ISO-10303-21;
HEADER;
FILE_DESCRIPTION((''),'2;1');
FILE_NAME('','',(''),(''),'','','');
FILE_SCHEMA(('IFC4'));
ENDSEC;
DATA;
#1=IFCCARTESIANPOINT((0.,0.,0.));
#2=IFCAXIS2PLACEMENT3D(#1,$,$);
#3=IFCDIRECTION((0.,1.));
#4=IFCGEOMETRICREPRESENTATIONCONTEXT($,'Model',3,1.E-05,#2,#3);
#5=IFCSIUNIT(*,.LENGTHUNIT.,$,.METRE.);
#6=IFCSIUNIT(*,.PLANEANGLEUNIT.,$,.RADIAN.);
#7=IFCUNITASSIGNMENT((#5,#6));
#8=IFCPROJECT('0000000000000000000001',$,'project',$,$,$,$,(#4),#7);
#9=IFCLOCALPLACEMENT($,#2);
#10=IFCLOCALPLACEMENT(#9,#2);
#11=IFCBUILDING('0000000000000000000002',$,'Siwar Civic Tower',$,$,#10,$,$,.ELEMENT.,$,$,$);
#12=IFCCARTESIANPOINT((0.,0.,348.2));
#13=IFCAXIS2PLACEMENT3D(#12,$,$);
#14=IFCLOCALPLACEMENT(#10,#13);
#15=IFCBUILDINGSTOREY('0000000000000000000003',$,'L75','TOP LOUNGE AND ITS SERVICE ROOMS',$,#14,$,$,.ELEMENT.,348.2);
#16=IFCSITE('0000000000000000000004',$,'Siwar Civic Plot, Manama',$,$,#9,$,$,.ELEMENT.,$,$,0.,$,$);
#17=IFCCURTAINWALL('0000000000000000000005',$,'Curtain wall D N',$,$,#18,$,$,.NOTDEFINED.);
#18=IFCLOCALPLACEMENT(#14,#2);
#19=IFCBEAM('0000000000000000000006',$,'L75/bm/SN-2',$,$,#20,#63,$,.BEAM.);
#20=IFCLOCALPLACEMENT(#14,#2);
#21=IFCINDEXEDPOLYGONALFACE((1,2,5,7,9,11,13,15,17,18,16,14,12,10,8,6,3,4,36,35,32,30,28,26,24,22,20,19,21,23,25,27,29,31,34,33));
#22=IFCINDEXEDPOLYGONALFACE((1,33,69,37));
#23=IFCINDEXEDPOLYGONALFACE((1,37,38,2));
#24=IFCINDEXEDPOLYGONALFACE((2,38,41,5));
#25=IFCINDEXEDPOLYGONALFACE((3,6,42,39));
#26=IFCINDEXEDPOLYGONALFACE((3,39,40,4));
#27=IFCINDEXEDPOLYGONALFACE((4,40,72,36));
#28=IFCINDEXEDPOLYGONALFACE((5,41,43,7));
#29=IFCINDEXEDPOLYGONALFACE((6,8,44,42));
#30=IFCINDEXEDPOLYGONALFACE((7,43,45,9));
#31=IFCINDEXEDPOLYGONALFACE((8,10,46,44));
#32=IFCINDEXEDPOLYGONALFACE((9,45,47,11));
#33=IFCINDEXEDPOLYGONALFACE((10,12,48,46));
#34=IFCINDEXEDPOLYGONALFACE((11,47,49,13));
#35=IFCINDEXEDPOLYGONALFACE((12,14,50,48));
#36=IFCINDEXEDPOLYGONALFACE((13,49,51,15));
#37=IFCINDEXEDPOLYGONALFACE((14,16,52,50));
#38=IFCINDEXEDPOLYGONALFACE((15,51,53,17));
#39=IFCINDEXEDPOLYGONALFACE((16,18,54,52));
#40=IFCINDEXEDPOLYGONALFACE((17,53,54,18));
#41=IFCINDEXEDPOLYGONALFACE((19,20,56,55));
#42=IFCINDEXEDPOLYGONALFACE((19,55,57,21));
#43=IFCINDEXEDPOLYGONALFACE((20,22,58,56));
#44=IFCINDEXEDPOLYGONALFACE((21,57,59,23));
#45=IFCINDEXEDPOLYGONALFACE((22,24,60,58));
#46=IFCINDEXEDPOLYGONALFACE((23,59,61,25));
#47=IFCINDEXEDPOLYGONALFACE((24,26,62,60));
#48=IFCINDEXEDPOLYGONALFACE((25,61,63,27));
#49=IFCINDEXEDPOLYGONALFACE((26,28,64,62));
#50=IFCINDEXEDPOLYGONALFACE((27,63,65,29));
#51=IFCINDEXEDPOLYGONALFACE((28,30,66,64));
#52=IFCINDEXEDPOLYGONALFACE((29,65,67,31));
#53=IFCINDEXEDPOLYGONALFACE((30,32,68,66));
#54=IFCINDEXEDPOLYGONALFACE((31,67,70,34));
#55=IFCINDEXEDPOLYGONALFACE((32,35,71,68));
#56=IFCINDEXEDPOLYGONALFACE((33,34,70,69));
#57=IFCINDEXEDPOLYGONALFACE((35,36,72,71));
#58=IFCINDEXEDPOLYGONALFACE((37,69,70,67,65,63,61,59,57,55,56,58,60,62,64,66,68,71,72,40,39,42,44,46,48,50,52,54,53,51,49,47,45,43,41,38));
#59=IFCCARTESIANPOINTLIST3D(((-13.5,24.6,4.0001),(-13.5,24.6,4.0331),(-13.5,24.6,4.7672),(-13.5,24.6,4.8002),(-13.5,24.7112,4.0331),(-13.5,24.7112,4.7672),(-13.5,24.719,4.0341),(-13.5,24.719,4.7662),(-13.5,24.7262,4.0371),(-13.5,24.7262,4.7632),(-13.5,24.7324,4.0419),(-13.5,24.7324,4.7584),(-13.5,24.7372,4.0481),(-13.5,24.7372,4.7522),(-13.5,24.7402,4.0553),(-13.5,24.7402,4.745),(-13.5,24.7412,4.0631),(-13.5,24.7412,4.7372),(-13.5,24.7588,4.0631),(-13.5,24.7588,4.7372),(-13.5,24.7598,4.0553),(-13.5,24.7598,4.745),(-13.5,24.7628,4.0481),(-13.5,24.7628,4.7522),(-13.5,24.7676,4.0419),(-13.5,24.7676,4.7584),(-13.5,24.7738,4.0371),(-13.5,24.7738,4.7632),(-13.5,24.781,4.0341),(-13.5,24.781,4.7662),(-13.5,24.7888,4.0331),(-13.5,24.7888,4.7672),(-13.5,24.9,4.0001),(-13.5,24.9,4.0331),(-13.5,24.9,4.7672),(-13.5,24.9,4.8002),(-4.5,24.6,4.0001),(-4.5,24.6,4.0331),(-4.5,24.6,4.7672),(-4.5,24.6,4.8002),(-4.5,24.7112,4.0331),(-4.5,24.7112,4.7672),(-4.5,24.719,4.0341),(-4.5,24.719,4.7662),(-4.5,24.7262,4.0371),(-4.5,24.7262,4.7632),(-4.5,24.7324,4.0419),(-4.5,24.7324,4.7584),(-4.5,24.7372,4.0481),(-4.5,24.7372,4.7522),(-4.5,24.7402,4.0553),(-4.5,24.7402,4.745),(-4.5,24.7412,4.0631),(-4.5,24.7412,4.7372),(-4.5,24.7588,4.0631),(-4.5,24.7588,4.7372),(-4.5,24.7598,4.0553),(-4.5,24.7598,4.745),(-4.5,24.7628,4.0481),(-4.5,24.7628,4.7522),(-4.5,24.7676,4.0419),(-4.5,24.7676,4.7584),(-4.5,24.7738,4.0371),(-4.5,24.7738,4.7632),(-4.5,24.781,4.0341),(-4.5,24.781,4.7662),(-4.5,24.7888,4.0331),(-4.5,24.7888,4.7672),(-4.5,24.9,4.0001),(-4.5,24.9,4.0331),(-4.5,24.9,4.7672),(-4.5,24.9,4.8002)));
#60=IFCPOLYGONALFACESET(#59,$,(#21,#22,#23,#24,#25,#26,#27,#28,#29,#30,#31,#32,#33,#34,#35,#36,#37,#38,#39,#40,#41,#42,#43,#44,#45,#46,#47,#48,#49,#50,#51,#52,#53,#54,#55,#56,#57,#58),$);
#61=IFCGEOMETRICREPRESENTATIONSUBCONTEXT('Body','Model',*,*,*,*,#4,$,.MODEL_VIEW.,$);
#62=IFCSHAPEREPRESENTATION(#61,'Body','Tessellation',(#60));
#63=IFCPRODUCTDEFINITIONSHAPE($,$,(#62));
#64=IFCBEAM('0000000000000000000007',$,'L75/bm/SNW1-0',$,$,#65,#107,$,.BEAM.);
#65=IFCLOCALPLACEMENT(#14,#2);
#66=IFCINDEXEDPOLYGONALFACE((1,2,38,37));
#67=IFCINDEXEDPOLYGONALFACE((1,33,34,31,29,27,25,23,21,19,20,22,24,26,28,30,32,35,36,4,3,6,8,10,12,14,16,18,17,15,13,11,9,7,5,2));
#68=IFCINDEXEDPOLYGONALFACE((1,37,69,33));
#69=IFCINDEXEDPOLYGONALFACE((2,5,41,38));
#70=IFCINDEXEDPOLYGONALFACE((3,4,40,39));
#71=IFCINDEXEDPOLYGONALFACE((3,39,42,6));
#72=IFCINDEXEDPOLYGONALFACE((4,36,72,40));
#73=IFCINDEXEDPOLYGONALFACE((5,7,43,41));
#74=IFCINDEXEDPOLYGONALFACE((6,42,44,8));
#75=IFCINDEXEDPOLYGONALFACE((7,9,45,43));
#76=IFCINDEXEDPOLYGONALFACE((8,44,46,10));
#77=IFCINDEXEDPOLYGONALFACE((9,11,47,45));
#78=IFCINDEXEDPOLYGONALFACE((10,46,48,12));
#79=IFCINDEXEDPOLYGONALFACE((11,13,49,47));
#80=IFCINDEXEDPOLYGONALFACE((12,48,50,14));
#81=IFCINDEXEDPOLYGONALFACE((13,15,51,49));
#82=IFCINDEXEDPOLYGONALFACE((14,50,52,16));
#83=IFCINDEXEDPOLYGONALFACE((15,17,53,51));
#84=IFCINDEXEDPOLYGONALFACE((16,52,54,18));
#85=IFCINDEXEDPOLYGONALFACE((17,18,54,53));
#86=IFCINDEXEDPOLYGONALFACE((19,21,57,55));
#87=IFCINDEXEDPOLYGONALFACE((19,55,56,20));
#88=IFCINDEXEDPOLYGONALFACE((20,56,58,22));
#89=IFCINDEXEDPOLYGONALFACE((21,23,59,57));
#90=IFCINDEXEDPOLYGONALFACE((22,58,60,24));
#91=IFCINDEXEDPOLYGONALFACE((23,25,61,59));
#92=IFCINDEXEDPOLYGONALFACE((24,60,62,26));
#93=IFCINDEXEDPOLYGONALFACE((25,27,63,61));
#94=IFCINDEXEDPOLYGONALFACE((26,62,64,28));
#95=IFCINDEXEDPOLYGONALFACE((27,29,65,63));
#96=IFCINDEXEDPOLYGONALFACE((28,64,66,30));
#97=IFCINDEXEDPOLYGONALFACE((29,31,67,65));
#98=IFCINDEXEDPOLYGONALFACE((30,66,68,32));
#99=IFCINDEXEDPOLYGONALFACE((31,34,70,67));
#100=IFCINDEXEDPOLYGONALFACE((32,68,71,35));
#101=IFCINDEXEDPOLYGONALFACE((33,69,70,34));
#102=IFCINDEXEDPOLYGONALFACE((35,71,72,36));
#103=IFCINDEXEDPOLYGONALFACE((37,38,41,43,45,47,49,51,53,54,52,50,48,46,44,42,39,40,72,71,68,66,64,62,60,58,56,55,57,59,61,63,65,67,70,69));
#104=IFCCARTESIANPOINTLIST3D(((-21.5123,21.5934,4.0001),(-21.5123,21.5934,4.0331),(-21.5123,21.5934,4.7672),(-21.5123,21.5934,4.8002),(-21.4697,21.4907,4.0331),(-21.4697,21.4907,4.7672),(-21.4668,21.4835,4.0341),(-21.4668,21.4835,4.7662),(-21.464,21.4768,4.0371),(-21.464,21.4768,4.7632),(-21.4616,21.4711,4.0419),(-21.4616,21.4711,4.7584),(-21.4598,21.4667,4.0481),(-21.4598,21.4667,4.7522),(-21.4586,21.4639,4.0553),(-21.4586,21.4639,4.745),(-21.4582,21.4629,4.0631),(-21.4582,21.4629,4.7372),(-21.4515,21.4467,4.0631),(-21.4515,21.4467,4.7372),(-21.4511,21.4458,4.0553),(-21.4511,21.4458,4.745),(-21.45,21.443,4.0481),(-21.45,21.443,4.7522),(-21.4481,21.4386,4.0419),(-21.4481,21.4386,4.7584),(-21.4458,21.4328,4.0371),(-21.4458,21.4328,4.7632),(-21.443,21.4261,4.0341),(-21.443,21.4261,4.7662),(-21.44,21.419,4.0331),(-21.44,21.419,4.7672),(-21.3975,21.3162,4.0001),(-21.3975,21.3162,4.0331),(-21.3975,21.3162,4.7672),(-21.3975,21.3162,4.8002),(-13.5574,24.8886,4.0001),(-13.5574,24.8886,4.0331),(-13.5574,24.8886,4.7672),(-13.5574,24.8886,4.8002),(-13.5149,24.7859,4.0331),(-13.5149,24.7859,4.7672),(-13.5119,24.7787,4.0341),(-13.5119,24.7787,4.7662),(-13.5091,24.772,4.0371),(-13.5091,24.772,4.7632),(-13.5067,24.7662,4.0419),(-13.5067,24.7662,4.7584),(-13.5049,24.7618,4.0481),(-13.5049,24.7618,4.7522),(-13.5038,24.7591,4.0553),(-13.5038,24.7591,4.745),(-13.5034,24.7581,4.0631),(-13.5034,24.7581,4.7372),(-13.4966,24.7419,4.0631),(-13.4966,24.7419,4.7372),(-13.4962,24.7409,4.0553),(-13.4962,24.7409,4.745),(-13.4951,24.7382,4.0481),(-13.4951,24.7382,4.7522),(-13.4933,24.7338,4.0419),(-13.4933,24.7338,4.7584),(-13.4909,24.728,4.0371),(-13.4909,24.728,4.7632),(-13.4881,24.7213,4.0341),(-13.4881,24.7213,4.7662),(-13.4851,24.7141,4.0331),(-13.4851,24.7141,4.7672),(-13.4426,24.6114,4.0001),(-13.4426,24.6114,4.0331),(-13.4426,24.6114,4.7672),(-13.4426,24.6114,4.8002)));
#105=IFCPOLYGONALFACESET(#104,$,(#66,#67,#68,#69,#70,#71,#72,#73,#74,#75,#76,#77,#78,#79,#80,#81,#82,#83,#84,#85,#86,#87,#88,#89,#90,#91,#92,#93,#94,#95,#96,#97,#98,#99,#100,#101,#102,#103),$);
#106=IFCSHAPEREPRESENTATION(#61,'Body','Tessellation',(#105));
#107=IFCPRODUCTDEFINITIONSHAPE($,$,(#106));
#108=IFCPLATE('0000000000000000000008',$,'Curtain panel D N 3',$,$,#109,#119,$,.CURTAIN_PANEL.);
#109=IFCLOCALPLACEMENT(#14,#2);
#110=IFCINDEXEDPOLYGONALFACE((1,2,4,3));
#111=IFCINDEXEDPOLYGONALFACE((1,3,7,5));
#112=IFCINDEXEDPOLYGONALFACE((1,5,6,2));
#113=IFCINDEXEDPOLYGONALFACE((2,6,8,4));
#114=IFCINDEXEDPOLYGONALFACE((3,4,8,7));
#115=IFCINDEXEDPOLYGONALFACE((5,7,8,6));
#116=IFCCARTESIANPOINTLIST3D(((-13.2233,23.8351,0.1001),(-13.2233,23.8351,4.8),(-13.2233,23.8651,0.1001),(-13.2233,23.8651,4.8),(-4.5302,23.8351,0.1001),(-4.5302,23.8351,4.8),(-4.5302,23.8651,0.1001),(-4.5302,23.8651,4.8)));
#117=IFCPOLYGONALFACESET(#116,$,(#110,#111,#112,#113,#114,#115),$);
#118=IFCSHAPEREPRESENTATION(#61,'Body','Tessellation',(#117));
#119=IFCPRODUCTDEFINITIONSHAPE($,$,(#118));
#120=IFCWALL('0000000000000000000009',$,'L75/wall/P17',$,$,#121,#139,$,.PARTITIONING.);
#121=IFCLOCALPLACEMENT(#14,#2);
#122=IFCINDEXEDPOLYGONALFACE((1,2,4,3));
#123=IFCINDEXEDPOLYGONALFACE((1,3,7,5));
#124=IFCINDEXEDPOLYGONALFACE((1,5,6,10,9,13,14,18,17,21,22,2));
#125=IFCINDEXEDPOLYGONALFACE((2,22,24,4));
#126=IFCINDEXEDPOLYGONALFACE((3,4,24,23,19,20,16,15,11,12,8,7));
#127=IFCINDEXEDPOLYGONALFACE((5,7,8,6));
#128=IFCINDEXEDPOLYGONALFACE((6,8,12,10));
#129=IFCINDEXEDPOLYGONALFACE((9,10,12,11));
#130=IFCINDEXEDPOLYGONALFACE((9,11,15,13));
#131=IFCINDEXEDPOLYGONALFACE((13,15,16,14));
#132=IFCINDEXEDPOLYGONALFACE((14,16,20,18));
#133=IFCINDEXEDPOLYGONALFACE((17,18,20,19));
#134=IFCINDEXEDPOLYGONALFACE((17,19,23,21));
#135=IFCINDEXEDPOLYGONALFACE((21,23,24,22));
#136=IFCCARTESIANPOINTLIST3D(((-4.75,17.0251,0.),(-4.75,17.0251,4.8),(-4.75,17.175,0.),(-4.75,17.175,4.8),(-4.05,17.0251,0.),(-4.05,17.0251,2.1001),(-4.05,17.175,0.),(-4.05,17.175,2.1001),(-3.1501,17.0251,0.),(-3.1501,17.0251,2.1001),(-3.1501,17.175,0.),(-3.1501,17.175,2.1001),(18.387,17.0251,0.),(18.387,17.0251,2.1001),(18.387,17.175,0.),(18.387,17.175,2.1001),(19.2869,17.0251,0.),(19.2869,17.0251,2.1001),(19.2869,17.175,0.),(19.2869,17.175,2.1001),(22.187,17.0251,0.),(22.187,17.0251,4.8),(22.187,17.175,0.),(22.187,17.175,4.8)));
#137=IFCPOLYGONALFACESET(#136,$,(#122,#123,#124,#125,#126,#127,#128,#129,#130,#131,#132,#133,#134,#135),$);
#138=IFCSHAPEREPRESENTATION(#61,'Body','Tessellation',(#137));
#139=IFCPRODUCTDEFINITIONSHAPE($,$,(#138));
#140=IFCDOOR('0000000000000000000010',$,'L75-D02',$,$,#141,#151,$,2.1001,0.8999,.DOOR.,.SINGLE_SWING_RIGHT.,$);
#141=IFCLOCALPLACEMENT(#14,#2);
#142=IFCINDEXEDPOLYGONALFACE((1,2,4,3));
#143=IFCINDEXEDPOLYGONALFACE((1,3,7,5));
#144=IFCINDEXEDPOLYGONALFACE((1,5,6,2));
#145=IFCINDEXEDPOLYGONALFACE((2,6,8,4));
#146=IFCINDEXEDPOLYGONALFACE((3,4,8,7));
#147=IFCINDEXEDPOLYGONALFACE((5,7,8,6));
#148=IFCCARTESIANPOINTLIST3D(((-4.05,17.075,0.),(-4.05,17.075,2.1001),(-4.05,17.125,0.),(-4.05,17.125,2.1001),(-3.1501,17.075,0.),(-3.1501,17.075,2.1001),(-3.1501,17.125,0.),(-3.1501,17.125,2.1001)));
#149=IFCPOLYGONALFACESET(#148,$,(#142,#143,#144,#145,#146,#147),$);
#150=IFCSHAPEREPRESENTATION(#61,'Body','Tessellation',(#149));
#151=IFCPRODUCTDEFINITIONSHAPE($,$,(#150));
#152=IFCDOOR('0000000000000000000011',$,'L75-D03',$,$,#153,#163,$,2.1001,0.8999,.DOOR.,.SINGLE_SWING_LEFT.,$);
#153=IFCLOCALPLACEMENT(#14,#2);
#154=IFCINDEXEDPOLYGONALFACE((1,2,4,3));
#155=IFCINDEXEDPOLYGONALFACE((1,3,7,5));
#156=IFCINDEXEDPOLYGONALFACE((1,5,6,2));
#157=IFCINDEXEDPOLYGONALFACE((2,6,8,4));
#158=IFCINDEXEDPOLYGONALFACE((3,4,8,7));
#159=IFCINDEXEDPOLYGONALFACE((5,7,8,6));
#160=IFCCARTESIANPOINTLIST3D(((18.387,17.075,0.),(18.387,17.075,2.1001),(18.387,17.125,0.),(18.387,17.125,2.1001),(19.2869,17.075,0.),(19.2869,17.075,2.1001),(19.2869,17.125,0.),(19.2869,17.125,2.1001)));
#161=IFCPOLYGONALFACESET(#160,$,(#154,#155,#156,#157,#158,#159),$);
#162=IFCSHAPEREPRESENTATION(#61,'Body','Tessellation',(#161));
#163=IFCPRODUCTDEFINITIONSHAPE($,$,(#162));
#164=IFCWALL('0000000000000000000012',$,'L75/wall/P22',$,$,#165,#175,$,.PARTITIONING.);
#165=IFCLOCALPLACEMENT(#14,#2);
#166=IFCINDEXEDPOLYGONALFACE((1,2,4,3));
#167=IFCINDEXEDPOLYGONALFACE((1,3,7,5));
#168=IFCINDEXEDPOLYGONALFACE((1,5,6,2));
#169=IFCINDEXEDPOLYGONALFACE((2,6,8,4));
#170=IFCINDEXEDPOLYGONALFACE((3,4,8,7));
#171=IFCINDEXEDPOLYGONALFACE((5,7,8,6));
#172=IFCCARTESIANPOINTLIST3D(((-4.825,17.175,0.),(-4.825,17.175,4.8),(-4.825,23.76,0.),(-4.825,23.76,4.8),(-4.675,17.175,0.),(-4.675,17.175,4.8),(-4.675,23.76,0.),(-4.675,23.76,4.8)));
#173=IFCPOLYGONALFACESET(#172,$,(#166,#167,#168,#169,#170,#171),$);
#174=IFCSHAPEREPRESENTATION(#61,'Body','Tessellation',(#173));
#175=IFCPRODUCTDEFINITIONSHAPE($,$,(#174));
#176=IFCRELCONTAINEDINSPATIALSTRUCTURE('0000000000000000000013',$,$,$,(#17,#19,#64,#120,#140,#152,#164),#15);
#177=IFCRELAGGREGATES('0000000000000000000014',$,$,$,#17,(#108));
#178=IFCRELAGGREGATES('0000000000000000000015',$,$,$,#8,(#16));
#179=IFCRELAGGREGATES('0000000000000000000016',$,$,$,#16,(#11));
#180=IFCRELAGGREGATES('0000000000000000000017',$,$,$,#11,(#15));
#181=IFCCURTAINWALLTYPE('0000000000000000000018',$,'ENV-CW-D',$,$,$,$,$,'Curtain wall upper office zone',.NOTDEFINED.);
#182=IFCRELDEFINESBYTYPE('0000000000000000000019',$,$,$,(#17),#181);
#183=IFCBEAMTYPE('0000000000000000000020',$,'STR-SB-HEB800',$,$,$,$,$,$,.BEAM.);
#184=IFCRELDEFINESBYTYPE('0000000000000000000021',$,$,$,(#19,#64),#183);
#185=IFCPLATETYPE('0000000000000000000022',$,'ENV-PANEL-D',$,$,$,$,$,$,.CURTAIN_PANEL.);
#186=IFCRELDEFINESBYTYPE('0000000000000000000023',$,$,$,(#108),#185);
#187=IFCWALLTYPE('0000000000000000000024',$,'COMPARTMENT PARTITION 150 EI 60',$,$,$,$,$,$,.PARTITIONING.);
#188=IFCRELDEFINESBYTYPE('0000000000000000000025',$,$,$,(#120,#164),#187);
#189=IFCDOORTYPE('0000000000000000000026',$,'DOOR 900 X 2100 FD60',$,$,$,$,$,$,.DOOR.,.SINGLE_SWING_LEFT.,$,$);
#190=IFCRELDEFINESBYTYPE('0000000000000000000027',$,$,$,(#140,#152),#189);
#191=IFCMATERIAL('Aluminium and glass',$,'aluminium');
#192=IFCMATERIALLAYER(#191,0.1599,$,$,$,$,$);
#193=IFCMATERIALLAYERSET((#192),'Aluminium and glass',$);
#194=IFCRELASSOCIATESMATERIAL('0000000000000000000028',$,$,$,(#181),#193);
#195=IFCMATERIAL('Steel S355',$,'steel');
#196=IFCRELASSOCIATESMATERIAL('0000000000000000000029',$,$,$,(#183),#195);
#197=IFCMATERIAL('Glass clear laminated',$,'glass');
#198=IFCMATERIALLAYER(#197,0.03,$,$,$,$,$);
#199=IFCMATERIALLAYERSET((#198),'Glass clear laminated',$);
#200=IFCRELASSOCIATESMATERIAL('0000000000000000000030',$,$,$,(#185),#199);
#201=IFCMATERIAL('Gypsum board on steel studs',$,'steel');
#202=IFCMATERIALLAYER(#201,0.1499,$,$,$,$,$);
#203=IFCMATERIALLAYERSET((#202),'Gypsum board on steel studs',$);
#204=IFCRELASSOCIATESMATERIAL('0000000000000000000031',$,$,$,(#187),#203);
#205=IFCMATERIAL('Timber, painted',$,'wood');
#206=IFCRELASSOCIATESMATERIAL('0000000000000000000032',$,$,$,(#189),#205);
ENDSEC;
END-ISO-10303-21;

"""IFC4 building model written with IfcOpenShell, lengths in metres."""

from ifc_helpers import new_model, si_unit, direction, frame, frame_2d, origin, origin_2d, place, context, subcontext, project, spatial, rectangle, i_section, extrude, material, layer, layer_set, material_profile, profile_set, type_object, element, fill, aggregate, save


model = new_model("IFC4")

# Units and contexts
model_context = context("Model", 3, precision=1e-05, world=origin(), true_north=direction((0.0, 1.0)))
body_context = subcontext(model_context, "Body", "Model", "MODEL_VIEW")
ifc_project = project(units=[si_unit("LENGTHUNIT", "METRE"), si_unit("PLANEANGLEUNIT", "RADIAN")], contexts=[model_context])

# Site, building, storey
site_placement = place(None, origin())
site = spatial("IfcSite", under=ifc_project, at=site_placement, Name="Siwar Civic Plot, Manama", CompositionType="ELEMENT", RefElevation=0.0)
building_placement = place(site_placement, origin())
building = spatial("IfcBuilding", under=site, at=building_placement, Name="Siwar Civic Tower", CompositionType="ELEMENT")
storey_placement = place(building_placement, frame((0.0, 0.0, 348.2)))
storey = spatial("IfcBuildingStorey", under=building, at=storey_placement, Name="L75", Description="TOP LOUNGE AND ITS SERVICE ROOMS", CompositionType="ELEMENT", Elevation=348.2)

# Curtain wall
ifc_material_1 = material(Name="Aluminium and glass", Category="aluminium")
ifc_layer_1 = layer(ifc_material_1, 0.1599)
ifc_layer_set_1 = layer_set([ifc_layer_1], Name="Aluminium and glass")
curtain_wall_type_1 = type_object("IfcCurtainWallType", Name="ENV-CW-D", ElementType="Curtain wall upper office zone", PredefinedType="NOTDEFINED", material=ifc_layer_set_1)
curtain_wall_1_placement = place(storey_placement, origin())
curtain_wall_1 = element("IfcCurtainWall", 1, at=curtain_wall_1_placement, inside=storey, type_object=curtain_wall_type_1, Name="Curtain wall D N", PredefinedType="NOTDEFINED")

# Beams
ifc_material_2 = material(Name="Steel S355", Category="steel")
ifc_material_profile_1 = material_profile(ifc_material_2, i_section(OverallWidth=0.3, OverallDepth=0.8, WebThickness=0.0176, FlangeThickness=0.033, FilletRadius=0.03, at=origin_2d()), Name="HEB800")
ifc_profile_set_1 = profile_set([ifc_material_profile_1], Name="Steel S355")
beam_type_1 = type_object("IfcBeamType", Name="STR-SB-HEB800", PredefinedType="BEAM", material=ifc_profile_set_1)
beam_1_placement = place(storey_placement, frame((-4.5, 24.75, 4.4001), z_axis=(-1.0, 0.0, 0.0), x_axis=(0.0, -1.0, 0.0)))
element("IfcBeam", 2, at=beam_1_placement, inside=storey, type_object=beam_type_1, Name="L75/bm/SN-2", PredefinedType="BEAM", context=body_context, shape_type="SweptSolid", body=[
    extrude(i_section(OverallWidth=0.3, OverallDepth=0.8, WebThickness=0.0176, FlangeThickness=0.033, FilletRadius=0.03, at=origin_2d()), origin(), (0.0, 0.0, 1.0), 9.0),
])
beam_2_placement = place(storey_placement, frame((-13.5, 24.75, 4.4001), z_axis=(-0.923873, -0.3827, 0.0), x_axis=(0.3827, -0.923873, 0.0)))
element("IfcBeam", 3, at=beam_2_placement, inside=storey, type_object=beam_type_1, Name="L75/bm/SNW1-0", PredefinedType="BEAM", context=body_context, shape_type="SweptSolid", body=[
    extrude(i_section(OverallWidth=0.3, OverallDepth=0.8, WebThickness=0.0176, FlangeThickness=0.033, FilletRadius=0.03, at=origin_2d()), origin(), (0.0, 0.0, 1.0), 8.6104),
])

# Plate
ifc_material_3 = material(Name="Glass clear laminated", Category="glass")
ifc_layer_2 = layer(ifc_material_3, 0.03)
ifc_layer_set_2 = layer_set([ifc_layer_2], Name="Glass clear laminated")
plate_type = type_object("IfcPlateType", Name="ENV-PANEL-D", PredefinedType="CURTAIN_PANEL", material=ifc_layer_set_2)
plate_placement = place(storey_placement, frame((-8.8767, 23.8501, 0.1001), z_axis=(0.0, 0.0, 1.0), x_axis=(-1.0, 0.0, 0.0)))
plate = element("IfcPlate", 4, at=plate_placement, type_object=plate_type, Name="Curtain panel D N 3", PredefinedType="CURTAIN_PANEL", context=body_context, shape_type="SweptSolid", body=[
    extrude(rectangle(XDim=8.6931, YDim=0.03, at=origin_2d()), origin(), (0.0, 0.0, 1.0), 4.7),
])
aggregate(curtain_wall_1, [plate])

# Wall, openings, doors
ifc_material_4 = material(Name="Gypsum board on steel studs", Category="steel")
ifc_layer_3 = layer(ifc_material_4, 0.1499)
ifc_layer_set_3 = layer_set([ifc_layer_3], Name="Gypsum board on steel studs")
wall_type_1 = type_object("IfcWallType", Name="COMPARTMENT PARTITION 150 EI 60", PredefinedType="PARTITIONING", material=ifc_layer_set_3)
wall_1_placement = place(storey_placement, frame((-4.75, 17.1001, 0.0), z_axis=(0.0, 0.0, 1.0), x_axis=(1.0, 0.0, 0.0)))
wall_1 = element("IfcWall", 5, at=wall_1_placement, inside=storey, type_object=wall_type_1, Name="L75/wall/P17", PredefinedType="PARTITIONING", context=body_context, shape_type="SweptSolid", body=[
    extrude(rectangle(XDim=26.937, YDim=0.1499, at=frame_2d((13.4685, 0.0))), origin(), (0.0, 0.0, 1.0), 4.8),
])
opening_1_placement = place(wall_1_placement, frame((0.7, 0.0, 0.0)))
opening_1 = element("IfcOpeningElement", 6, at=opening_1_placement, cuts=wall_1, PredefinedType="OPENING", context=body_context, shape_type="SweptSolid", body=[
    extrude(rectangle(XDim=0.8999, YDim=2.1001, at=frame_2d((0.45, 1.05))), frame((0.0, 0.085, 0.0), z_axis=(0.0, -1.0, 0.0), x_axis=(1.0, 0.0, 0.0)), (0.0, 0.0, 1.0), 0.1699),
])
opening_2_placement = place(wall_1_placement, frame((23.137, 0.0, 0.0)))
opening_2 = element("IfcOpeningElement", 7, at=opening_2_placement, cuts=wall_1, PredefinedType="OPENING", context=body_context, shape_type="SweptSolid", body=[
    extrude(rectangle(XDim=0.8999, YDim=2.1001, at=frame_2d((0.45, 1.05))), frame((0.0, 0.085, 0.0), z_axis=(0.0, -1.0, 0.0), x_axis=(1.0, 0.0, 0.0)), (0.0, 0.0, 1.0), 0.1699),
])
ifc_material_5 = material(Name="Timber, painted", Category="wood")
door_type_1 = type_object("IfcDoorType", Name="DOOR 900 X 2100 FD60", OperationType="SINGLE_SWING_LEFT", PredefinedType="DOOR", material=ifc_material_5)
door_1_placement = place(opening_1_placement, origin())
door_1 = element("IfcDoor", 8, at=door_1_placement, inside=storey, type_object=door_type_1, Name="L75-D02", OperationType="SINGLE_SWING_RIGHT", OverallHeight=2.1001, OverallWidth=0.8999, PredefinedType="DOOR", context=body_context, shape_type="SweptSolid", body=[
    extrude(rectangle(XDim=0.8999, YDim=2.1001, at=frame_2d((0.45, 1.05))), frame((0.0, 0.0249, 0.0), z_axis=(0.0, -1.0, 0.0), x_axis=(1.0, 0.0, 0.0)), (0.0, 0.0, 1.0), 0.05),
])
fill(opening_1, door_1)
door_2_placement = place(opening_2_placement, origin())
door_2 = element("IfcDoor", 9, at=door_2_placement, inside=storey, type_object=door_type_1, Name="L75-D03", OperationType="SINGLE_SWING_LEFT", OverallHeight=2.1001, OverallWidth=0.8999, PredefinedType="DOOR", context=body_context, shape_type="SweptSolid", body=[
    extrude(rectangle(XDim=0.8999, YDim=2.1001, at=frame_2d((0.45, 1.05))), frame((0.0, 0.0249, 0.0), z_axis=(0.0, -1.0, 0.0), x_axis=(1.0, 0.0, 0.0)), (0.0, 0.0, 1.0), 0.05),
])
fill(opening_2, door_2)

# Wall
wall_2_placement = place(storey_placement, frame((-4.75, 17.175, 0.0), z_axis=(0.0, 0.0, 1.0), x_axis=(0.0, 1.0, 0.0)))
element("IfcWall", 10, at=wall_2_placement, inside=storey, type_object=wall_type_1, Name="L75/wall/P22", PredefinedType="PARTITIONING", context=body_context, shape_type="SweptSolid", body=[
    extrude(rectangle(XDim=6.585, YDim=0.1499, at=frame_2d((3.2925, 0.0))), origin(), (0.0, 0.0, 1.0), 4.8),
])

save(model, "model.ifc")
